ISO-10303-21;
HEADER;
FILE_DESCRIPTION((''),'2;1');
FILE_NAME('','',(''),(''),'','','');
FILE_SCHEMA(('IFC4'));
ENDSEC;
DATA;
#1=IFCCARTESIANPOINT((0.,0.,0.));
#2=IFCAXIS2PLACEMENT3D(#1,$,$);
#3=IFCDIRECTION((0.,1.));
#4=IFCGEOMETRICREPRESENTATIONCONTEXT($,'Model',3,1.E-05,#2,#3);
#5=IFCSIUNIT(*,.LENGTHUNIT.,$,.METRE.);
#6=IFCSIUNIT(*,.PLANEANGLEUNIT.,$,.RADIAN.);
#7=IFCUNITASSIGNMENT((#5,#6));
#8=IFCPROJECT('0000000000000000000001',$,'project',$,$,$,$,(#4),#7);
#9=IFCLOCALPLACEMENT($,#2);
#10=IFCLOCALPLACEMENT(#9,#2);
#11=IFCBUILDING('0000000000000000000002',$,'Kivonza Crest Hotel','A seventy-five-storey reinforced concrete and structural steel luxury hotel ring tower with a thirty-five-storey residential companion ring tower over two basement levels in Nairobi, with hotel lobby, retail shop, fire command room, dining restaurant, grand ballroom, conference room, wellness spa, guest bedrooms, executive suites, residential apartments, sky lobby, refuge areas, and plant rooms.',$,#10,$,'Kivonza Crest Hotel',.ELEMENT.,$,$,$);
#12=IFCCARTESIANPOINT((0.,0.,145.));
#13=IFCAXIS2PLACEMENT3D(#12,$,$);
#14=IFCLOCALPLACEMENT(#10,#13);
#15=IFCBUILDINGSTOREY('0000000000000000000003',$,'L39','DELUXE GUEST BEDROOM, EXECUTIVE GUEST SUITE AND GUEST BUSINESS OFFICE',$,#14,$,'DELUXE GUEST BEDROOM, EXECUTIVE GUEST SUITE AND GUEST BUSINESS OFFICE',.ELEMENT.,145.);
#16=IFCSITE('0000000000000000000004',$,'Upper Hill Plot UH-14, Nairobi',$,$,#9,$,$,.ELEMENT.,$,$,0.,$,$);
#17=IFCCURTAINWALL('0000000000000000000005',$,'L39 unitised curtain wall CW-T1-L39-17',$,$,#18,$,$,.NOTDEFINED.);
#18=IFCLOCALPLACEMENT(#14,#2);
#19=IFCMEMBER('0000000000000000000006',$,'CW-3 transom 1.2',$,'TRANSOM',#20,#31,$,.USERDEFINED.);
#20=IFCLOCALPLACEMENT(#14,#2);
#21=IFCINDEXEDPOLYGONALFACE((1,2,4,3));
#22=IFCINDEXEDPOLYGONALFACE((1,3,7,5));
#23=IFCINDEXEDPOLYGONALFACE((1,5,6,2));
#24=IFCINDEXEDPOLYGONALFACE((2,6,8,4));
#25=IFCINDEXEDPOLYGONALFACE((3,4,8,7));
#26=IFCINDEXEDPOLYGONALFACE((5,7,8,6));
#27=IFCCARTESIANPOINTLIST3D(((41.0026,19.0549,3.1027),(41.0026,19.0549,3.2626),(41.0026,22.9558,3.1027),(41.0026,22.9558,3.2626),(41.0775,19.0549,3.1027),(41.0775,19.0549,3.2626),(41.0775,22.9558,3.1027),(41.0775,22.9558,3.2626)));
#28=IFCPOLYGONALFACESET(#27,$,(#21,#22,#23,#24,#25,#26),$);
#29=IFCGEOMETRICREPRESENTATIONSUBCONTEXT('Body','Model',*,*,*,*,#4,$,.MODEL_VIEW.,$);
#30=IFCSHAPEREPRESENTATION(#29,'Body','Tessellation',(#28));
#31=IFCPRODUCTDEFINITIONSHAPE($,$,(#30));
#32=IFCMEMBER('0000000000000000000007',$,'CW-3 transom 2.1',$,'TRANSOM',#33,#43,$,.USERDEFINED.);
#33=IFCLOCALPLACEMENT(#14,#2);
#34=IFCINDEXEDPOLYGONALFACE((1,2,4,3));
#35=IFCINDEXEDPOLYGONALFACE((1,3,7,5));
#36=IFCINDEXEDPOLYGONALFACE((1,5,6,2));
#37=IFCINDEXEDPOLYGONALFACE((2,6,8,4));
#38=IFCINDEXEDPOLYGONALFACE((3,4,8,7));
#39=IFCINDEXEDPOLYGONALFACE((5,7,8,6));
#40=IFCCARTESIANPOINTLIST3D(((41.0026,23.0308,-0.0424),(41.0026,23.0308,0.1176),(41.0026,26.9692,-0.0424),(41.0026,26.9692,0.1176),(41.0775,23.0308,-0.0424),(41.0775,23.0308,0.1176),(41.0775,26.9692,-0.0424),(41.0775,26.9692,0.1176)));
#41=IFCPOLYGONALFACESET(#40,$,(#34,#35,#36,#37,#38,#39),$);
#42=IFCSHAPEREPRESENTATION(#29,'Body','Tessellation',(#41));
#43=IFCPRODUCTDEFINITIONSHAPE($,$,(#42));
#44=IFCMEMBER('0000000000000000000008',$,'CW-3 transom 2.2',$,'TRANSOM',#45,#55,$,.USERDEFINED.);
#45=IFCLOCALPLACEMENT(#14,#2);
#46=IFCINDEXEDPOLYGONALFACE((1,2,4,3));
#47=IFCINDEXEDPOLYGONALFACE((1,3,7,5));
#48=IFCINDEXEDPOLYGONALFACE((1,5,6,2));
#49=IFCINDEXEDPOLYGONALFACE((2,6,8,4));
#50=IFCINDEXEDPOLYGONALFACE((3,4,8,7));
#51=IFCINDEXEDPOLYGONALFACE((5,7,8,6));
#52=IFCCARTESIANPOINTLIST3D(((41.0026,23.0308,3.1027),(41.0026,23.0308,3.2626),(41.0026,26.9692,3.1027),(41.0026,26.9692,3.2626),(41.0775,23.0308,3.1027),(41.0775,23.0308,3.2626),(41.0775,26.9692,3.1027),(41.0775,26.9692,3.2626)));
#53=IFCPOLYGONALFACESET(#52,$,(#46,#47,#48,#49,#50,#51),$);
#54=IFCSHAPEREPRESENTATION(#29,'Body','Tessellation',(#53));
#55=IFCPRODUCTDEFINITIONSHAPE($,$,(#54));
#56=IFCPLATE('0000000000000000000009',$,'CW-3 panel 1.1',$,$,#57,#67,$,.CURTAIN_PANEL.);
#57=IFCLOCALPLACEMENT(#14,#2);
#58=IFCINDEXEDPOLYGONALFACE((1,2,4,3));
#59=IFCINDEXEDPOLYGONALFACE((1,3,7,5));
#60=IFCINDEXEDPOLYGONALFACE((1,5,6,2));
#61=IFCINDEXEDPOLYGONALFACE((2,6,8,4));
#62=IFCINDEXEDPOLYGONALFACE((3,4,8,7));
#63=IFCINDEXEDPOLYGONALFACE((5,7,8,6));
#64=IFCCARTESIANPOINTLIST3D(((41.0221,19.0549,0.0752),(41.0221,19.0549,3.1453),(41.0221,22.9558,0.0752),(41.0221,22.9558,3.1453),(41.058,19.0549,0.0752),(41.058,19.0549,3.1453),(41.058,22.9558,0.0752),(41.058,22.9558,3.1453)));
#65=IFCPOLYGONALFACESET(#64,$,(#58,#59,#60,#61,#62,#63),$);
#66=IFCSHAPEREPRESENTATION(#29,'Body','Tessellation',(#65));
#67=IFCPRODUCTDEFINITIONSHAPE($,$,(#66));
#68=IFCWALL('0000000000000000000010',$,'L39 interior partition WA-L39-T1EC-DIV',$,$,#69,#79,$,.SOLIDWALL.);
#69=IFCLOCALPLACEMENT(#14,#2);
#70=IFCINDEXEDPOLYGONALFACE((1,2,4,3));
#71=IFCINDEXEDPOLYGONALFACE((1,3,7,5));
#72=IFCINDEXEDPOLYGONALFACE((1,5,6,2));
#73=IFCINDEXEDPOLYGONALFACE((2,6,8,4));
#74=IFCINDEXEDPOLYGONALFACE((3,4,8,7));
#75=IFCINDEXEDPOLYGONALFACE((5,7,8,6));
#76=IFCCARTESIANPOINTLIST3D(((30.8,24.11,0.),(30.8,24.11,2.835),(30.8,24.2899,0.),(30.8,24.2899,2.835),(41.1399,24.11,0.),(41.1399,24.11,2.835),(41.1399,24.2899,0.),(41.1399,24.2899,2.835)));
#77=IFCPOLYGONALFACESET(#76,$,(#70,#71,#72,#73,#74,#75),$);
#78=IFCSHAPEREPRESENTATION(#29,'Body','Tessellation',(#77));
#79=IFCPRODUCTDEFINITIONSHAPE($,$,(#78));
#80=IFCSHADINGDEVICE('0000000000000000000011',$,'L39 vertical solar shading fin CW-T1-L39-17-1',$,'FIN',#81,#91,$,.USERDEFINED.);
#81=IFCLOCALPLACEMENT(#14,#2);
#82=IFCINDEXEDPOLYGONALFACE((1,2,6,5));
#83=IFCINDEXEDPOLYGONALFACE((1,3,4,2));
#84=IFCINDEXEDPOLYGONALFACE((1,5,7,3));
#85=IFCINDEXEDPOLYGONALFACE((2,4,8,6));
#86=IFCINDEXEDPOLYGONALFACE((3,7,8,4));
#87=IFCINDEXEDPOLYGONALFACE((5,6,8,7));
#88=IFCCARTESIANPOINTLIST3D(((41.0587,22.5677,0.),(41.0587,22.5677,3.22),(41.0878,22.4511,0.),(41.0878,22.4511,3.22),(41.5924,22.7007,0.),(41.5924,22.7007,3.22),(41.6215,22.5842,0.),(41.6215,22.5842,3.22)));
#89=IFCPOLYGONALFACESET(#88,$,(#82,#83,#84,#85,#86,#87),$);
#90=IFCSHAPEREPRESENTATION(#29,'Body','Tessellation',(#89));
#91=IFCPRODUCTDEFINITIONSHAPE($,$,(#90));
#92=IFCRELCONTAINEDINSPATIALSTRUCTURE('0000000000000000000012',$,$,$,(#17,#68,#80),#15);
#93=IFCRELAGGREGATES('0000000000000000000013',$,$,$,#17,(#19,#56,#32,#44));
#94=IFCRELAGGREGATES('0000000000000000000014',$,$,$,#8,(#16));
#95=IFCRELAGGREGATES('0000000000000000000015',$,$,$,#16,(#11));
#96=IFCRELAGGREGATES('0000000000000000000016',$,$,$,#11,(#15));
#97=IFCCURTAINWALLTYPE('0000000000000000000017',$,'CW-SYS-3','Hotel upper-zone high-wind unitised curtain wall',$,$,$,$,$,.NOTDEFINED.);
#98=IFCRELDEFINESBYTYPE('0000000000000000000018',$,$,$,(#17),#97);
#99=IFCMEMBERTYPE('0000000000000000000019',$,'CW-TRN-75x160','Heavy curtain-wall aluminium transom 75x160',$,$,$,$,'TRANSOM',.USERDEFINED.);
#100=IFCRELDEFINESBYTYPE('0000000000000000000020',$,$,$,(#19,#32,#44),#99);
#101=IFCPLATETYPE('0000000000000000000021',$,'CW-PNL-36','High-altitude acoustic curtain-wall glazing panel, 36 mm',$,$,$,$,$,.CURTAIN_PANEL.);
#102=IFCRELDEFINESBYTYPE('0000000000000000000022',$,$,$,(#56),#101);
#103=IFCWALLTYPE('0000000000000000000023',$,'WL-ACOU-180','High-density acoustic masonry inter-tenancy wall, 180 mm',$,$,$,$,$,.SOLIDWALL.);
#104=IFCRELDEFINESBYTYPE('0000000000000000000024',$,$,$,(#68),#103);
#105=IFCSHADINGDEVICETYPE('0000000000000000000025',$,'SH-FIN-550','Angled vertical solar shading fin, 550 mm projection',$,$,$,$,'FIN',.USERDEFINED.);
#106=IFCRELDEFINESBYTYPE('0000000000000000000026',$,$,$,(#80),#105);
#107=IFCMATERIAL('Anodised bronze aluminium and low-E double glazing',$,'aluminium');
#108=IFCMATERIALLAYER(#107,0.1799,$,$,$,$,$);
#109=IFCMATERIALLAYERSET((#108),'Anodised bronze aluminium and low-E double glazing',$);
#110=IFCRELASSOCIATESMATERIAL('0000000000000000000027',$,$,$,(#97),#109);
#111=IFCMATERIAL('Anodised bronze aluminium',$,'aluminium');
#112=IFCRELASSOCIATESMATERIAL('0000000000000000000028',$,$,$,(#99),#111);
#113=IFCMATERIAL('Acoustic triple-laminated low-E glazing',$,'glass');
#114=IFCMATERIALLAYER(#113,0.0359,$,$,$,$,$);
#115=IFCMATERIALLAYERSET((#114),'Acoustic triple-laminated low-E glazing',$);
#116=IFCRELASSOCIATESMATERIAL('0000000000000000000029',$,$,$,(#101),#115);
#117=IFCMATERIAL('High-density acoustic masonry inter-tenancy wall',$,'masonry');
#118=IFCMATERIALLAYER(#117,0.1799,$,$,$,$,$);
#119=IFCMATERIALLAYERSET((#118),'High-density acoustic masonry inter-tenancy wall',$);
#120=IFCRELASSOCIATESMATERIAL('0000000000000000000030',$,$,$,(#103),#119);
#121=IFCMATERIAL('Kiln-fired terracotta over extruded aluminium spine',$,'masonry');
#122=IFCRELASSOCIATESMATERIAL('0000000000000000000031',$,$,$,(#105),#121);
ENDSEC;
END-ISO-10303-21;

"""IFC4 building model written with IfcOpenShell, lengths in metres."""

from ifc_helpers import new_model, si_unit, direction, frame, frame_2d, origin, origin_2d, place, context, subcontext, project, spatial, rectangle, extrude, material, layer, layer_set, material_profile, profile_set, type_object, element, aggregate, save


model = new_model("IFC4")

# Units and contexts
model_context = context("Model", 3, precision=1e-05, world=origin(), true_north=direction((0.0, 1.0)))
body_context = subcontext(model_context, "Body", "Model", "MODEL_VIEW")
ifc_project = project(units=[si_unit("LENGTHUNIT", "METRE"), si_unit("PLANEANGLEUNIT", "RADIAN")], contexts=[model_context])

# Site, building, storey
site_placement = place(None, origin())
site = spatial("IfcSite", under=ifc_project, at=site_placement, Name="Upper Hill Plot UH-14, Nairobi", CompositionType="ELEMENT", RefElevation=0.0)
building_placement = place(site_placement, origin())
building = spatial("IfcBuilding", under=site, at=building_placement, Name="Kivonza Crest Hotel", Description="A seventy-five-storey reinforced concrete and structural steel luxury hotel ring tower with a thirty-five-storey residential companion ring tower over two basement levels in Nairobi, with hotel lobby, retail shop, fire command room, dining restaurant, grand ballroom, conference room, wellness spa, guest bedrooms, executive suites, residential apartments, sky lobby, refuge areas, and plant rooms.", LongName="Kivonza Crest Hotel", CompositionType="ELEMENT")
storey_placement = place(building_placement, frame((0.0, 0.0, 145.0)))
storey = spatial("IfcBuildingStorey", under=building, at=storey_placement, Name="L39", Description="DELUXE GUEST BEDROOM, EXECUTIVE GUEST SUITE AND GUEST BUSINESS OFFICE", LongName="DELUXE GUEST BEDROOM, EXECUTIVE GUEST SUITE AND GUEST BUSINESS OFFICE", CompositionType="ELEMENT", Elevation=145.0)

# Curtain wall, members, plate
ifc_material_1 = material(Name="Anodised bronze aluminium and low-E double glazing", Category="aluminium")
ifc_layer_1 = layer(ifc_material_1, 0.1799)
ifc_layer_set_1 = layer_set([ifc_layer_1], Name="Anodised bronze aluminium and low-E double glazing")
curtain_wall_type = type_object("IfcCurtainWallType", Name="CW-SYS-3", Description="Hotel upper-zone high-wind unitised curtain wall", PredefinedType="NOTDEFINED", material=ifc_layer_set_1)
curtain_wall_placement = place(storey_placement, origin())
curtain_wall = element("IfcCurtainWall", 1, at=curtain_wall_placement, inside=storey, type_object=curtain_wall_type, Name="L39 unitised curtain wall CW-T1-L39-17", PredefinedType="NOTDEFINED")
ifc_material_2 = material(Name="Anodised bronze aluminium", Category="aluminium")
ifc_material_profile_1 = material_profile(ifc_material_2, rectangle(XDim=0.075, YDim=0.1599, at=origin_2d()), Name="CW-T 75x160")
ifc_profile_set_1 = profile_set([ifc_material_profile_1], Name="Anodised bronze aluminium")
member_type_1 = type_object("IfcMemberType", Name="CW-TRN-75x160", Description="Heavy curtain-wall aluminium transom 75x160", ElementType="TRANSOM", PredefinedType="USERDEFINED", material=ifc_profile_set_1)
member_1_placement = place(storey_placement, frame((41.04, 19.0549, 3.1826), z_axis=(0.0, 1.0, 0.0), x_axis=(-1.0, 0.0, 0.0)))
member_1 = element("IfcMember", 2, at=member_1_placement, type_object=member_type_1, Name="CW-3 transom 1.2", ObjectType="TRANSOM", PredefinedType="USERDEFINED", context=body_context, shape_type="SweptSolid", body=[
    extrude(rectangle(XDim=0.075, YDim=0.1599, at=origin_2d()), origin(), (0.0, 0.0, 1.0), 3.9009),
])
member_2_placement = place(storey_placement, frame((41.04, 23.0308, 0.0376), z_axis=(0.0, 1.0, 0.0), x_axis=(-1.0, 0.0, 0.0)))
member_2 = element("IfcMember", 3, at=member_2_placement, type_object=member_type_1, Name="CW-3 transom 2.1", ObjectType="TRANSOM", PredefinedType="USERDEFINED", context=body_context, shape_type="SweptSolid", body=[
    extrude(rectangle(XDim=0.075, YDim=0.1599, at=origin_2d()), origin(), (0.0, 0.0, 1.0), 3.9385),
])
member_3_placement = place(storey_placement, frame((41.04, 23.0308, 3.1826), z_axis=(0.0, 1.0, 0.0), x_axis=(-1.0, 0.0, 0.0)))
member_3 = element("IfcMember", 4, at=member_3_placement, type_object=member_type_1, Name="CW-3 transom 2.2", ObjectType="TRANSOM", PredefinedType="USERDEFINED", context=body_context, shape_type="SweptSolid", body=[
    extrude(rectangle(XDim=0.075, YDim=0.1599, at=origin_2d()), origin(), (0.0, 0.0, 1.0), 3.9385),
])
ifc_material_3 = material(Name="Acoustic triple-laminated low-E glazing", Category="glass")
ifc_layer_2 = layer(ifc_material_3, 0.0359)
ifc_layer_set_2 = layer_set([ifc_layer_2], Name="Acoustic triple-laminated low-E glazing")
plate_type = type_object("IfcPlateType", Name="CW-PNL-36", Description="High-altitude acoustic curtain-wall glazing panel, 36 mm", PredefinedType="CURTAIN_PANEL", material=ifc_layer_set_2)
plate_placement = place(storey_placement, frame((41.04, 21.0054, 0.0752), z_axis=(0.0, 0.0, 1.0), x_axis=(0.0, 1.0, 0.0)))
plate = element("IfcPlate", 5, at=plate_placement, type_object=plate_type, Name="CW-3 panel 1.1", PredefinedType="CURTAIN_PANEL", context=body_context, shape_type="SweptSolid", body=[
    extrude(rectangle(XDim=3.9009, YDim=0.0359, at=origin_2d()), origin(), (0.0, 0.0, 1.0), 3.0701),
])
aggregate(curtain_wall, [member_1, plate, member_2, member_3])

# Wall
ifc_material_4 = material(Name="High-density acoustic masonry inter-tenancy wall", Category="masonry")
ifc_layer_3 = layer(ifc_material_4, 0.1799)
ifc_layer_set_3 = layer_set([ifc_layer_3], Name="High-density acoustic masonry inter-tenancy wall")
wall_type = type_object("IfcWallType", Name="WL-ACOU-180", Description="High-density acoustic masonry inter-tenancy wall, 180 mm", PredefinedType="SOLIDWALL", material=ifc_layer_set_3)
wall_placement = place(storey_placement, frame((30.8, 24.2, 0.0), z_axis=(0.0, 0.0, 1.0), x_axis=(1.0, 0.0, 0.0)))
element("IfcWall", 6, at=wall_placement, inside=storey, type_object=wall_type, Name="L39 interior partition WA-L39-T1EC-DIV", PredefinedType="SOLIDWALL", context=body_context, shape_type="SweptSolid", body=[
    extrude(rectangle(XDim=10.3398, YDim=0.1799, at=frame_2d((5.1699, 0.0))), origin(), (0.0, 0.0, 1.0), 2.835),
])

# Shading device
ifc_material_5 = material(Name="Kiln-fired terracotta over extruded aluminium spine", Category="masonry")
shading_device_type = type_object("IfcShadingDeviceType", Name="SH-FIN-550", Description="Angled vertical solar shading fin, 550 mm projection", ElementType="FIN", PredefinedType="USERDEFINED", material=ifc_material_5)
shading_device_placement = place(storey_placement, frame((41.3401, 22.5759, 0.0), z_axis=(0.0, 0.0, 1.0), x_axis=(-0.241922, 0.970296, 0.0)))
element("IfcShadingDevice", 7, at=shading_device_placement, inside=storey, type_object=shading_device_type, Name="L39 vertical solar shading fin CW-T1-L39-17-1", ObjectType="FIN", PredefinedType="USERDEFINED", context=body_context, shape_type="SweptSolid", body=[
    extrude(rectangle(XDim=0.1201, YDim=0.55, at=origin_2d()), origin(), (0.0, 0.0, 1.0), 3.22),
])

save(model, "model.ifc")
